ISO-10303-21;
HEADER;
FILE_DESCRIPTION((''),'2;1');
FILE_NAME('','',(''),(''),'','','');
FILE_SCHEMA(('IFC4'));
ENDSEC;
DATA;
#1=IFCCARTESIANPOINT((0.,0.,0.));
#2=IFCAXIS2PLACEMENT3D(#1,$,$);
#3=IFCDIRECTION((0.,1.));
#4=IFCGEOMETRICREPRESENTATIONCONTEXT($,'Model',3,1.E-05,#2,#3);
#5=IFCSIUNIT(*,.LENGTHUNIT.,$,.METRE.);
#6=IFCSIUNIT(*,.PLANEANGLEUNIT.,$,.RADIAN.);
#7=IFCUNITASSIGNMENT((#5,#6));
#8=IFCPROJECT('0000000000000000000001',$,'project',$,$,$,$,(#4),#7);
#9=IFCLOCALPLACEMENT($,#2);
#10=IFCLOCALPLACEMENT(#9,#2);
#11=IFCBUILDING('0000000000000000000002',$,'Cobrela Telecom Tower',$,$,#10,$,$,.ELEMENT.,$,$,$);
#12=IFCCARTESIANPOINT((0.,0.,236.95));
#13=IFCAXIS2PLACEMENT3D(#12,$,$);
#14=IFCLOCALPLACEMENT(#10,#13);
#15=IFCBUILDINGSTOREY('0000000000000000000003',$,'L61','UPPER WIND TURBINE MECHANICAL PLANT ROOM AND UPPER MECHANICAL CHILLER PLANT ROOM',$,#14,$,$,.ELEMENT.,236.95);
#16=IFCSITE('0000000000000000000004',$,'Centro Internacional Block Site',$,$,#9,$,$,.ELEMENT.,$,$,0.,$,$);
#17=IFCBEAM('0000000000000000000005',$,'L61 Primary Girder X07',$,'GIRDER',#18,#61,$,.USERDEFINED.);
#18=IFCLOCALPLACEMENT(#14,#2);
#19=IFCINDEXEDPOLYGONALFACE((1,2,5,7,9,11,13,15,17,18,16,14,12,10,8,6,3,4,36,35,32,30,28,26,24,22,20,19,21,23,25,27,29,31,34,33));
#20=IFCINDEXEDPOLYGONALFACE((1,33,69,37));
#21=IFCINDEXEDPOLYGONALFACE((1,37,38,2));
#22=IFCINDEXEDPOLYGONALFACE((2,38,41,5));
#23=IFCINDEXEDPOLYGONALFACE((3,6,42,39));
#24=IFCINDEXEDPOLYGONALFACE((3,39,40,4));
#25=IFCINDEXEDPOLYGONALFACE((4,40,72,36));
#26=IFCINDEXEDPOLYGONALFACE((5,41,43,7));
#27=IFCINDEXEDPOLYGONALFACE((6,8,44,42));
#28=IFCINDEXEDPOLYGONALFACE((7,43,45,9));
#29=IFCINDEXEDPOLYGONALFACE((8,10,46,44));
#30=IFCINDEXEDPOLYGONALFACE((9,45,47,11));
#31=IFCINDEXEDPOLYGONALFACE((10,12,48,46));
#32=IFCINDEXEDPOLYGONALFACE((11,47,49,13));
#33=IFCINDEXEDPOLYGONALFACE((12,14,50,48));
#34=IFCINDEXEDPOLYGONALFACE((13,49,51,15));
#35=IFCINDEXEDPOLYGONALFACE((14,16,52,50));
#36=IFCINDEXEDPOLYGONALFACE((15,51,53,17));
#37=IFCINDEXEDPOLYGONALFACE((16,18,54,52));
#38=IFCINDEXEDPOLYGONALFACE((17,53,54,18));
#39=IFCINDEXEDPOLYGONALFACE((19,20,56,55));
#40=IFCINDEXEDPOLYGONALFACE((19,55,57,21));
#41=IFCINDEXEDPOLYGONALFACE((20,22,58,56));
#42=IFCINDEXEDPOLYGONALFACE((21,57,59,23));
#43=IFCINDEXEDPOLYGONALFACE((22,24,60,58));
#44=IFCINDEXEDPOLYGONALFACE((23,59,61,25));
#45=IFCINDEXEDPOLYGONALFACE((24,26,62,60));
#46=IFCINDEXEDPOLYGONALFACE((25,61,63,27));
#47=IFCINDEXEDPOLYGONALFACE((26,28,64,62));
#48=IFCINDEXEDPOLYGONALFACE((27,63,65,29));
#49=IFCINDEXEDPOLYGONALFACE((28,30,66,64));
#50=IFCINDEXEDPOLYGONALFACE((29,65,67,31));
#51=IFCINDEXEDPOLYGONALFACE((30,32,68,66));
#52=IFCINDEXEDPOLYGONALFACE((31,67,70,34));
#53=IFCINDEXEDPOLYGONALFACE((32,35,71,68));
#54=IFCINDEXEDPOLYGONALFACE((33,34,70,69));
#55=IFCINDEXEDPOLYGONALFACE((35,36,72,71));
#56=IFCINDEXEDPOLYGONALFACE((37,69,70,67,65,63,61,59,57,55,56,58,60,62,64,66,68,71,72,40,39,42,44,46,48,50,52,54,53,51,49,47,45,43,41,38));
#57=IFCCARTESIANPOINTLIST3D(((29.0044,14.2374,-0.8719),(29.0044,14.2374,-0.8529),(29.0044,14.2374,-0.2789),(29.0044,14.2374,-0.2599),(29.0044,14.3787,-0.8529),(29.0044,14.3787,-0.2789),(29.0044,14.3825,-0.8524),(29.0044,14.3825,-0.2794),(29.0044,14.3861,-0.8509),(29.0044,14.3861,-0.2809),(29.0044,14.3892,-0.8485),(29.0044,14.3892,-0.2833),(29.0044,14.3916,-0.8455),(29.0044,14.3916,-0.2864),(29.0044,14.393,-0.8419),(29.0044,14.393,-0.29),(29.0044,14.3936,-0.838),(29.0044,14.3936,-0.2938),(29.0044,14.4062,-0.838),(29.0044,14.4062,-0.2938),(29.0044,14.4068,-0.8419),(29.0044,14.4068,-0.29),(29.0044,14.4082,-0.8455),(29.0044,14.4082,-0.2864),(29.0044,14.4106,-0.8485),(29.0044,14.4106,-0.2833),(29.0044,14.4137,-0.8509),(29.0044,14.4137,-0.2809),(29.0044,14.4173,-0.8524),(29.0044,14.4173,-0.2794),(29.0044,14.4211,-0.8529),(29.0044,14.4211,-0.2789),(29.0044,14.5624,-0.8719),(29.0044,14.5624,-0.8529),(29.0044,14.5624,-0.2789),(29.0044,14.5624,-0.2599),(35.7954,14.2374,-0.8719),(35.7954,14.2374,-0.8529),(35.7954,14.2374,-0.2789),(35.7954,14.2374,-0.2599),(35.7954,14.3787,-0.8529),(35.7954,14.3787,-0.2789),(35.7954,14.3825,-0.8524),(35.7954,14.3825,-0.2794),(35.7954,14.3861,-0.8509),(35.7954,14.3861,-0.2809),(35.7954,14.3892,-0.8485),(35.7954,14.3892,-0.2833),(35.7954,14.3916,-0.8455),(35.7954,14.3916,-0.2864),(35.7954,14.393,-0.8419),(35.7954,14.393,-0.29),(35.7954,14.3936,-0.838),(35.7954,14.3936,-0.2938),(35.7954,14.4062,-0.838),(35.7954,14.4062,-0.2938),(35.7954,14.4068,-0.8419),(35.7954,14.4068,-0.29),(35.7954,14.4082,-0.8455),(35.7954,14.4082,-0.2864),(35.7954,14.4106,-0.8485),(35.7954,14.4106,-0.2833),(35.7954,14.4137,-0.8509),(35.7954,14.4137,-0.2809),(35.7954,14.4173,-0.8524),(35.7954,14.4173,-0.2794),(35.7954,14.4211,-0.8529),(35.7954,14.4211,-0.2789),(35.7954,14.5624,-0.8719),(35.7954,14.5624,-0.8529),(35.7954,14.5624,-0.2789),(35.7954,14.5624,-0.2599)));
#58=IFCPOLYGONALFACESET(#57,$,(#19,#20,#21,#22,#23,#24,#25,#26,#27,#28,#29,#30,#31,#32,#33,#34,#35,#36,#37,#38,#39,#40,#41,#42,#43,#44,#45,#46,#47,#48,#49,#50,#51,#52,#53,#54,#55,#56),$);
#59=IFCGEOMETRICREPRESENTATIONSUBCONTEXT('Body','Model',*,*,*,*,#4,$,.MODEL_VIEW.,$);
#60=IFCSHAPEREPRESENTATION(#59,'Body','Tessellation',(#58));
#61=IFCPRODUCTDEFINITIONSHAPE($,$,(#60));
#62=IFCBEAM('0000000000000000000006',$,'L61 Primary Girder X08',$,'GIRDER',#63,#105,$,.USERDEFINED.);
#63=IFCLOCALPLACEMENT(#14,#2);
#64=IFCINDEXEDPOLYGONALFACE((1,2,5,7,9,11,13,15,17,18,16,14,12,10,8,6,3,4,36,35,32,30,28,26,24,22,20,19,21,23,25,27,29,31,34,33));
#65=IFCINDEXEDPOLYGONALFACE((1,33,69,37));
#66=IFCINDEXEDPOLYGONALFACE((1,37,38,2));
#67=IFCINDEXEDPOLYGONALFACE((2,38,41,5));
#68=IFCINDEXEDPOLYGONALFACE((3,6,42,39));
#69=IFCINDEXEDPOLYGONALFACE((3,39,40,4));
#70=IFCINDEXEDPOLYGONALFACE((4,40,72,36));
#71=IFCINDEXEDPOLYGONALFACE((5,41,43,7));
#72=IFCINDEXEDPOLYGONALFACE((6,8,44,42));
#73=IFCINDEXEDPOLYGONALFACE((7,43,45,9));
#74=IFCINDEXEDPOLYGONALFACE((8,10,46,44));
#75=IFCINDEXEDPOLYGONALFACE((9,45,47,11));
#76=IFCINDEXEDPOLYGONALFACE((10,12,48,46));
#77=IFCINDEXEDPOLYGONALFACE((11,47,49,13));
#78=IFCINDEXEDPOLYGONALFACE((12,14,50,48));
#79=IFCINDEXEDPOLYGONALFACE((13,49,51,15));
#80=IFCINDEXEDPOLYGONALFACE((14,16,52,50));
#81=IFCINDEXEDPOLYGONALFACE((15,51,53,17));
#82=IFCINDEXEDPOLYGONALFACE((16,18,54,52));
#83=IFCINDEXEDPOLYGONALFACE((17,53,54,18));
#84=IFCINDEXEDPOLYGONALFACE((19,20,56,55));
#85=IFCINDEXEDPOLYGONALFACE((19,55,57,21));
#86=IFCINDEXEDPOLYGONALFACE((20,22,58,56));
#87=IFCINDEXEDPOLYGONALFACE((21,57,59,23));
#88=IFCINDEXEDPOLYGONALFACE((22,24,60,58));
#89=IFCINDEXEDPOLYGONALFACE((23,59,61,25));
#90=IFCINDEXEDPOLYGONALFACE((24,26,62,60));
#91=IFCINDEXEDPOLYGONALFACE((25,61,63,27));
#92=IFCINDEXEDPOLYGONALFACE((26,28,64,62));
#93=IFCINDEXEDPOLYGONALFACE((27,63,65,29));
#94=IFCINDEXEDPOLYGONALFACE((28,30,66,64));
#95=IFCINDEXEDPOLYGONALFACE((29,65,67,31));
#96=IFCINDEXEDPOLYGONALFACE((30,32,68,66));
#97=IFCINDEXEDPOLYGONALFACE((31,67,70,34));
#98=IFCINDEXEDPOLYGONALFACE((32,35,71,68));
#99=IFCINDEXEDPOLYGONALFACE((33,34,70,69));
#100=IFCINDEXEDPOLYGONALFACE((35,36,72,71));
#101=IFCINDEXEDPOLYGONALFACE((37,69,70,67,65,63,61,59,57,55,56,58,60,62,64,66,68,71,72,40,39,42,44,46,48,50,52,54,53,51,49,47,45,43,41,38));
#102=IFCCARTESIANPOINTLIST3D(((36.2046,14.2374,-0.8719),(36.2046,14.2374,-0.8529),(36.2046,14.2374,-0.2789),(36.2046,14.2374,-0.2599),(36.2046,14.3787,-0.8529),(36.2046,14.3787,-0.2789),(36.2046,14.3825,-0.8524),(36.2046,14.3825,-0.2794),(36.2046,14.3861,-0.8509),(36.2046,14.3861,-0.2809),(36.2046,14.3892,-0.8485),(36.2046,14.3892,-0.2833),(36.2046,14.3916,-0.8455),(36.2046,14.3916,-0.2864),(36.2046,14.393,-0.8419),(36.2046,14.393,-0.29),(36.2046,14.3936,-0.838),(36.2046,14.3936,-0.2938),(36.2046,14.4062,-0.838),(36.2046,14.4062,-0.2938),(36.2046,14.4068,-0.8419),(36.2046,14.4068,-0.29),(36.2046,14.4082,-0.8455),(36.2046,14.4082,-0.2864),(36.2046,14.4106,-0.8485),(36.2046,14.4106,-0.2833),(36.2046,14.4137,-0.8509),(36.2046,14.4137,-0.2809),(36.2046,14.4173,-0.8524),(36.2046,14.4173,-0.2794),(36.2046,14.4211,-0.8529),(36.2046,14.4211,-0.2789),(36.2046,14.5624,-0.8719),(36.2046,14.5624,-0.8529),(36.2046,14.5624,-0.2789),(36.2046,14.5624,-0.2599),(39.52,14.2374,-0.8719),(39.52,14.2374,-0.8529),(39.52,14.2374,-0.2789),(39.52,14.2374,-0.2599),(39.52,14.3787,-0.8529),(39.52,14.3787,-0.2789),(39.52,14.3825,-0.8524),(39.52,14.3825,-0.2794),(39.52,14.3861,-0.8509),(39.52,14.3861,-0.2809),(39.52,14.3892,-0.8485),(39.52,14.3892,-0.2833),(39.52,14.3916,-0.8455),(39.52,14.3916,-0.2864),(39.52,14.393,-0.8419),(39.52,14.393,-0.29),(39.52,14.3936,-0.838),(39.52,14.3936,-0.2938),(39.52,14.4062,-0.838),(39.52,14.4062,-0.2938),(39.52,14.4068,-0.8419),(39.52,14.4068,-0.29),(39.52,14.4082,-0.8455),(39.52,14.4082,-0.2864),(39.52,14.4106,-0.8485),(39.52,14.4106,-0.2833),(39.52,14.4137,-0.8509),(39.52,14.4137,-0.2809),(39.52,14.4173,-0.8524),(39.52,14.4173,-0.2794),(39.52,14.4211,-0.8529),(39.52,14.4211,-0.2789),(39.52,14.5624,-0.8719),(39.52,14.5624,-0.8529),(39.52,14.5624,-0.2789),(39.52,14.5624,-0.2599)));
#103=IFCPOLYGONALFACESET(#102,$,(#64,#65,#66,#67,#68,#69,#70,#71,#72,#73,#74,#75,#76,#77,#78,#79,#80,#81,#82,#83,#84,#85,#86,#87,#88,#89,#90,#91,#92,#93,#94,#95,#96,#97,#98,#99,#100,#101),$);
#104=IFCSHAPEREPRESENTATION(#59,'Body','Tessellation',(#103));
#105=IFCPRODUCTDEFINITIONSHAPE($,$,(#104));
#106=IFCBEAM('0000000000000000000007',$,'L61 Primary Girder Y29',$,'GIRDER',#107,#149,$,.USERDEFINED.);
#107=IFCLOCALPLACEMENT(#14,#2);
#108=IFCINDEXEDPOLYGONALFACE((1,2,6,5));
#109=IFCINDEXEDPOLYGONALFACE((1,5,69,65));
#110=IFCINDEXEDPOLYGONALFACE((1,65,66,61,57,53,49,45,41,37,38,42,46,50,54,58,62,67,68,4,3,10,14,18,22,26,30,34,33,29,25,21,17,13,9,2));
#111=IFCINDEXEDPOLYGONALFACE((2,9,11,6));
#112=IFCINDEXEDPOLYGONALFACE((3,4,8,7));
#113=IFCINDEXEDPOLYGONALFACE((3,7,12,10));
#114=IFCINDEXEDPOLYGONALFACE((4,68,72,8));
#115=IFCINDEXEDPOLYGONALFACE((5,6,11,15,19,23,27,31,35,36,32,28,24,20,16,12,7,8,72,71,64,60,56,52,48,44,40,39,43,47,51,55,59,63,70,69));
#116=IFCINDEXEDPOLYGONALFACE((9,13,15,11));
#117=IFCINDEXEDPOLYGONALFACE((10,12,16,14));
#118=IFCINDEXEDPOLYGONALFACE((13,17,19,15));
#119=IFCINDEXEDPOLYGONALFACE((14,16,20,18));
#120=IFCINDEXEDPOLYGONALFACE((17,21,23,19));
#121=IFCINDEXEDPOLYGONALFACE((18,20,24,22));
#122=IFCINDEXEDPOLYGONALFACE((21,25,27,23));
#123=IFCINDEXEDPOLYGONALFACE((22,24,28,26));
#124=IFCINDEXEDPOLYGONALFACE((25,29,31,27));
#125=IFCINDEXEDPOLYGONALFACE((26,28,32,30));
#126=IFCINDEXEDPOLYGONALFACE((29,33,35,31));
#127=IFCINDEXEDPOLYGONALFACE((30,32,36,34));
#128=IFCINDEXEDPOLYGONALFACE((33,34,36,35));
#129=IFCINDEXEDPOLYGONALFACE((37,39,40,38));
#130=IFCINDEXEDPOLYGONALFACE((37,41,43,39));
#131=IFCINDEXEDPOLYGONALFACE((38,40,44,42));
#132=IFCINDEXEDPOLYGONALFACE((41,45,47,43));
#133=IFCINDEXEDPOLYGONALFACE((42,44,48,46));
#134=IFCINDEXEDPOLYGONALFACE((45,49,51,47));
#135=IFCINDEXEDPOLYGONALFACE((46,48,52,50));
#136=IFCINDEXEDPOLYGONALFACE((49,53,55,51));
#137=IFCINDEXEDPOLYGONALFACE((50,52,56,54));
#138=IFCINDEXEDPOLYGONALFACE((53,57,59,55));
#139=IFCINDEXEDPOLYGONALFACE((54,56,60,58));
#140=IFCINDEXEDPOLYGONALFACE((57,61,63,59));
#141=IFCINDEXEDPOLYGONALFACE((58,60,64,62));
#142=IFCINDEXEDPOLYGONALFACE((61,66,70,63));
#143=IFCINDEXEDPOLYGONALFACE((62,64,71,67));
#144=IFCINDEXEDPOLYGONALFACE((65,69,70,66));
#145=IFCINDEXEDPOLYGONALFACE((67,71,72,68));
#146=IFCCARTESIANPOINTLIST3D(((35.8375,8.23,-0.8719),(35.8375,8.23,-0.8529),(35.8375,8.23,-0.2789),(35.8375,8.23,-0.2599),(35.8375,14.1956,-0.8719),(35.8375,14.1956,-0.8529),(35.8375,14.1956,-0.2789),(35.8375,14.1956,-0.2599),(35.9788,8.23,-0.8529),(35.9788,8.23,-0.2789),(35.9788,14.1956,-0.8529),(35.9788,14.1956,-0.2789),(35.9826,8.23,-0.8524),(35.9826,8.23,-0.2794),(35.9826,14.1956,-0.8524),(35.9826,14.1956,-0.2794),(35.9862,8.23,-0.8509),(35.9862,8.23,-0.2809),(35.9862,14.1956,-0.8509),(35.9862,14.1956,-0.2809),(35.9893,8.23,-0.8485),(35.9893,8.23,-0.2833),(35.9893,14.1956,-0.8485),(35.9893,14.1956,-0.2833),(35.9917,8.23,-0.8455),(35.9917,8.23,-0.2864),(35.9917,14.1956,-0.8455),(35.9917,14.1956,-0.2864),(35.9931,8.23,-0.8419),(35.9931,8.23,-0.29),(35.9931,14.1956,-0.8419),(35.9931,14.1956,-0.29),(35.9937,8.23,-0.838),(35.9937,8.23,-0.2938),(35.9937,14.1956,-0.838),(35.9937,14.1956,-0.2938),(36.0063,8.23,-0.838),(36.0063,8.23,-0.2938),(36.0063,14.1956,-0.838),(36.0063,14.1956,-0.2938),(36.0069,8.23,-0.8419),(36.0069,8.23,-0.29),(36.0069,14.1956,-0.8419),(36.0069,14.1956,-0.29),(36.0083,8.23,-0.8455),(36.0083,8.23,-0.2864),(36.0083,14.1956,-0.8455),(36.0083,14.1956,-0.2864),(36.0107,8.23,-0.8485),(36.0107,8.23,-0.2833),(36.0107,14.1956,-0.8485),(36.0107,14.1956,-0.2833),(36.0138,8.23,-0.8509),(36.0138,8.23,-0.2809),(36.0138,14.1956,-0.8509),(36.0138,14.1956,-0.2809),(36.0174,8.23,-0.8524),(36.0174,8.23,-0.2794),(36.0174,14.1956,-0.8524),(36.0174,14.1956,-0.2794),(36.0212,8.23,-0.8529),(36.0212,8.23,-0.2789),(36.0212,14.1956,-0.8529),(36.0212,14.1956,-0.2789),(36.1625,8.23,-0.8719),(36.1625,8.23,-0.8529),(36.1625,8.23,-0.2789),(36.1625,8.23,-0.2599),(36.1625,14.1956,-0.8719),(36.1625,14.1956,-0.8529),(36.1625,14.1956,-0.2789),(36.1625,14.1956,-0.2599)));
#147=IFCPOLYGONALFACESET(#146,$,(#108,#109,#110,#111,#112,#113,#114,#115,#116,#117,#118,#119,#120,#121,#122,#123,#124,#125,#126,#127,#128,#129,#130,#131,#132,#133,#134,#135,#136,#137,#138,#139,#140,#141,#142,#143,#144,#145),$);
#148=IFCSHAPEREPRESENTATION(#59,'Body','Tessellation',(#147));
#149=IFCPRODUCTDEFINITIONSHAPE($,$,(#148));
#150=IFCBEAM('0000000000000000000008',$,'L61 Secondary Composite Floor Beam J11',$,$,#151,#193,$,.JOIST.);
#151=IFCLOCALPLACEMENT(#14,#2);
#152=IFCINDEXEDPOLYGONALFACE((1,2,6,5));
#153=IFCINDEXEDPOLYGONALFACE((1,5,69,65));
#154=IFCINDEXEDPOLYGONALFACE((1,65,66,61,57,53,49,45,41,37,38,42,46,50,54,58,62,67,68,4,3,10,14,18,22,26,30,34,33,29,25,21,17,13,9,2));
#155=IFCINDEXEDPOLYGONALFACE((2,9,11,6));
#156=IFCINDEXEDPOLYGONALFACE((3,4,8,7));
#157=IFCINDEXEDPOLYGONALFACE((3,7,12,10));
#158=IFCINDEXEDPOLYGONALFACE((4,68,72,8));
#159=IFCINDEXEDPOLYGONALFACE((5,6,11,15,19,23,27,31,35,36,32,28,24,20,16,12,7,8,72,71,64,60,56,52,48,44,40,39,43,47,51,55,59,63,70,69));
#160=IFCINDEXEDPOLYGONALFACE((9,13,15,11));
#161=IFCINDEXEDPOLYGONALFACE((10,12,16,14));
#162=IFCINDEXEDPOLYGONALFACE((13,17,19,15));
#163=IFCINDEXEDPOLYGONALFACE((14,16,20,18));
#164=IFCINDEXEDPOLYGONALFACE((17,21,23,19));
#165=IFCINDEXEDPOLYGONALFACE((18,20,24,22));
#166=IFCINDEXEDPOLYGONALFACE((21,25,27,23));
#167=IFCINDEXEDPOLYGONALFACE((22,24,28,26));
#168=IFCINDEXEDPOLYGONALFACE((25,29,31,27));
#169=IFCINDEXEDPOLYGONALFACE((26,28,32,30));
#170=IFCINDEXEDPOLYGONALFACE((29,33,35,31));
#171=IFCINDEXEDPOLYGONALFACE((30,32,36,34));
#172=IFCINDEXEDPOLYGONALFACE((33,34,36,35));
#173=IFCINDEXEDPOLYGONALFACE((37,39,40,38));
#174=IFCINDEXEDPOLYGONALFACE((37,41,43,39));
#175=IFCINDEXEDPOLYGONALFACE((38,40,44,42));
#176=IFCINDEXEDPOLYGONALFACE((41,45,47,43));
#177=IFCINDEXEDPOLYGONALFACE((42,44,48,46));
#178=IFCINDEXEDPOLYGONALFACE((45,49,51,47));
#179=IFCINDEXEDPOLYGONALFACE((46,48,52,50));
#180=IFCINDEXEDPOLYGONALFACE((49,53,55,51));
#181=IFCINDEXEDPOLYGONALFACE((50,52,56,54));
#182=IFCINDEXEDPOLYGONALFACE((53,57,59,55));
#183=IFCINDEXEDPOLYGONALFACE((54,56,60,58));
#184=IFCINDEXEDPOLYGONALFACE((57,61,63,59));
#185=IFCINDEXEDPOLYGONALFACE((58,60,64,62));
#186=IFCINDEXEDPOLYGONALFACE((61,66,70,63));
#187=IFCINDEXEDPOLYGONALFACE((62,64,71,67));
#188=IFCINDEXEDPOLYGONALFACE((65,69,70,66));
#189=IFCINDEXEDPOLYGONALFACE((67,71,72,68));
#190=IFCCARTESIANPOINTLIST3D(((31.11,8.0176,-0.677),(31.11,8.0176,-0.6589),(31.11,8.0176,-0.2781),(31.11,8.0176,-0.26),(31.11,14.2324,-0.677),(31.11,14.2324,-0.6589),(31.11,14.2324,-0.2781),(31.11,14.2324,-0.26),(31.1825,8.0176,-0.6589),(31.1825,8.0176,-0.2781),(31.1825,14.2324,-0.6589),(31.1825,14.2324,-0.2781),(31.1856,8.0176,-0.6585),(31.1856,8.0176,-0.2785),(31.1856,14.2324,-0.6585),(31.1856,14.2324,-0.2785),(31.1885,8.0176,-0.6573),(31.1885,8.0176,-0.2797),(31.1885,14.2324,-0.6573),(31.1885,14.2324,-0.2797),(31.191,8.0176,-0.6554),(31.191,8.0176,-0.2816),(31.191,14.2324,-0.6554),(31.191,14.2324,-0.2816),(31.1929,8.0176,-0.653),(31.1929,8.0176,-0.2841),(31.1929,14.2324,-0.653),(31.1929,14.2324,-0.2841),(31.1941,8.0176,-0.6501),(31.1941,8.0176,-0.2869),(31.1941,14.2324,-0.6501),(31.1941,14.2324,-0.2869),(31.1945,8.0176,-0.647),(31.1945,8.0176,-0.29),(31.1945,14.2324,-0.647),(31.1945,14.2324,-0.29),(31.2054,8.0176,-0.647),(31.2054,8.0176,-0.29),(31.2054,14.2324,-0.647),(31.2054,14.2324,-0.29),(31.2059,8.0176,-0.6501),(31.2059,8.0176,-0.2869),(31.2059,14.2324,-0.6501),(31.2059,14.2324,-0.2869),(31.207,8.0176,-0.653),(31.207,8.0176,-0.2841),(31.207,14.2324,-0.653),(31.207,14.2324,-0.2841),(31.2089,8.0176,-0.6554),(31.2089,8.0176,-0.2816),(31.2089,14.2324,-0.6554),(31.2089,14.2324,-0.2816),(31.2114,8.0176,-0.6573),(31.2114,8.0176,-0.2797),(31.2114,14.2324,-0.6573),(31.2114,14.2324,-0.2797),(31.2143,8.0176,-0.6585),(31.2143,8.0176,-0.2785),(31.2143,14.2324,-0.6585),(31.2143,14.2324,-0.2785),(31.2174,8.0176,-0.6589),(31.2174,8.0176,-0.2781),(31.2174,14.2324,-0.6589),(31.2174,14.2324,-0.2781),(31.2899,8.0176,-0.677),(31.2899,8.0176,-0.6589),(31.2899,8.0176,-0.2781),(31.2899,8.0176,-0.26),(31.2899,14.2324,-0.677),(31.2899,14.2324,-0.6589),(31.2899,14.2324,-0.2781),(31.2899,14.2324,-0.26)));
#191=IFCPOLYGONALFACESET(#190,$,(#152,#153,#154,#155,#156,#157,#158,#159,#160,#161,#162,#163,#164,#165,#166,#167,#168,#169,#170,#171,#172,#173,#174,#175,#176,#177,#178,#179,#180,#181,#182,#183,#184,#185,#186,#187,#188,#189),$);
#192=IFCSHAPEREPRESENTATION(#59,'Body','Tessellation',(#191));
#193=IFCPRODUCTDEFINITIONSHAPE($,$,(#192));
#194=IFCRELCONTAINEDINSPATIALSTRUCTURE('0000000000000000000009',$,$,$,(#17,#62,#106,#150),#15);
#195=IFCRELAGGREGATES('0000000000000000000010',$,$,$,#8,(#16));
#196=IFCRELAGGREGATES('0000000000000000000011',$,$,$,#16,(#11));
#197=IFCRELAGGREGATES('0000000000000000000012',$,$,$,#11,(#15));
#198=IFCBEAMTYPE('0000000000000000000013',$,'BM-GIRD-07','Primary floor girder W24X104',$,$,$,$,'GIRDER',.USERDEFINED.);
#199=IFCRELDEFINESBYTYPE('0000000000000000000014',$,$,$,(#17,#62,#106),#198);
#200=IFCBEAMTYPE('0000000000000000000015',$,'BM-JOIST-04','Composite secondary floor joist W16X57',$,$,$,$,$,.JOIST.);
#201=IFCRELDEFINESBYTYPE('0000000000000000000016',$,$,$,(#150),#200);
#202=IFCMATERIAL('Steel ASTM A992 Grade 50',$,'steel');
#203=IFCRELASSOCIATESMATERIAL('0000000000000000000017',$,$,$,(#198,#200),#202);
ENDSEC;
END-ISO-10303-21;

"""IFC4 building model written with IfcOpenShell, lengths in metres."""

from ifc_helpers import new_model, si_unit, direction, frame, origin, origin_2d, place, context, subcontext, project, spatial, i_section, extrude, material, material_profile, profile_set, type_object, element, save


model = new_model("IFC4")

# Units and contexts
model_context = context("Model", 3, precision=1e-05, world=origin(), true_north=direction((0.0, 1.0)))
body_context = subcontext(model_context, "Body", "Model", "MODEL_VIEW")
ifc_project = project(units=[si_unit("LENGTHUNIT", "METRE"), si_unit("PLANEANGLEUNIT", "RADIAN")], contexts=[model_context])

# Site, building, storey
site_placement = place(None, origin())
site = spatial("IfcSite", under=ifc_project, at=site_placement, Name="Centro Internacional Block Site", CompositionType="ELEMENT", RefElevation=0.0)
building_placement = place(site_placement, origin())
building = spatial("IfcBuilding", under=site, at=building_placement, Name="Cobrela Telecom Tower", CompositionType="ELEMENT")
storey_placement = place(building_placement, frame((0.0, 0.0, 236.95)))
storey = spatial("IfcBuildingStorey", under=building, at=storey_placement, Name="L61", Description="UPPER WIND TURBINE MECHANICAL PLANT ROOM AND UPPER MECHANICAL CHILLER PLANT ROOM", CompositionType="ELEMENT", Elevation=236.95)

# Shared definitions
ifc_material_1 = material(Name="Steel ASTM A992 Grade 50", Category="steel")

# Beams
ifc_material_profile_1 = material_profile(ifc_material_1, i_section(OverallWidth=0.325, OverallDepth=0.6121, WebThickness=0.0127, FlangeThickness=0.019, FilletRadius=0.0149, at=origin_2d()), Name="W24X104")
ifc_profile_set_1 = profile_set([ifc_material_profile_1], Name="Steel ASTM A992 Grade 50")
beam_type_1 = type_object("IfcBeamType", Name="BM-GIRD-07", Description="Primary floor girder W24X104", ElementType="GIRDER", PredefinedType="USERDEFINED", material=ifc_profile_set_1)
beam_1_placement = place(storey_placement, frame((29.0044, 14.3999, -0.5659), z_axis=(1.0, 0.0, 0.0), x_axis=(0.0, 1.0, 0.0)))
element("IfcBeam", 1, at=beam_1_placement, inside=storey, type_object=beam_type_1, Name="L61 Primary Girder X07", ObjectType="GIRDER", PredefinedType="USERDEFINED", context=body_context, shape_type="SweptSolid", body=[
    extrude(i_section(OverallWidth=0.325, OverallDepth=0.6121, WebThickness=0.0127, FlangeThickness=0.019, FilletRadius=0.0149, at=origin_2d()), origin(), (0.0, 0.0, 1.0), 6.791),
])
beam_2_placement = place(storey_placement, frame((36.2046, 14.3999, -0.5659), z_axis=(1.0, 0.0, 0.0), x_axis=(0.0, 1.0, 0.0)))
element("IfcBeam", 2, at=beam_2_placement, inside=storey, type_object=beam_type_1, Name="L61 Primary Girder X08", ObjectType="GIRDER", PredefinedType="USERDEFINED", context=body_context, shape_type="SweptSolid", body=[
    extrude(i_section(OverallWidth=0.325, OverallDepth=0.6121, WebThickness=0.0127, FlangeThickness=0.019, FilletRadius=0.0149, at=origin_2d()), origin(), (0.0, 0.0, 1.0), 3.3154),
])
beam_3_placement = place(storey_placement, frame((36.0, 8.23, -0.5659), z_axis=(0.0, 1.0, 0.0), x_axis=(-1.0, 0.0, 0.0)))
element("IfcBeam", 3, at=beam_3_placement, inside=storey, type_object=beam_type_1, Name="L61 Primary Girder Y29", ObjectType="GIRDER", PredefinedType="USERDEFINED", context=body_context, shape_type="SweptSolid", body=[
    extrude(i_section(OverallWidth=0.325, OverallDepth=0.6121, WebThickness=0.0127, FlangeThickness=0.019, FilletRadius=0.0149, at=origin_2d()), origin(), (0.0, 0.0, 1.0), 5.9656),
])
ifc_material_profile_2 = material_profile(ifc_material_1, i_section(OverallWidth=0.1799, OverallDepth=0.417, WebThickness=0.011, FlangeThickness=0.0181, FilletRadius=0.012, at=origin_2d()), Name="W16X57")
ifc_profile_set_2 = profile_set([ifc_material_profile_2], Name="Steel ASTM A992 Grade 50")
beam_type_2 = type_object("IfcBeamType", Name="BM-JOIST-04", Description="Composite secondary floor joist W16X57", PredefinedType="JOIST", material=ifc_profile_set_2)
beam_4_placement = place(storey_placement, frame((31.2, 8.0176, -0.4685), z_axis=(0.0, 1.0, 0.0), x_axis=(-1.0, 0.0, 0.0)))
element("IfcBeam", 4, at=beam_4_placement, inside=storey, type_object=beam_type_2, Name="L61 Secondary Composite Floor Beam J11", PredefinedType="JOIST", context=body_context, shape_type="SweptSolid", body=[
    extrude(i_section(OverallWidth=0.1799, OverallDepth=0.417, WebThickness=0.011, FlangeThickness=0.0181, FilletRadius=0.012, at=origin_2d()), origin(), (0.0, 0.0, 1.0), 6.2148),
])

save(model, "model.ifc")
